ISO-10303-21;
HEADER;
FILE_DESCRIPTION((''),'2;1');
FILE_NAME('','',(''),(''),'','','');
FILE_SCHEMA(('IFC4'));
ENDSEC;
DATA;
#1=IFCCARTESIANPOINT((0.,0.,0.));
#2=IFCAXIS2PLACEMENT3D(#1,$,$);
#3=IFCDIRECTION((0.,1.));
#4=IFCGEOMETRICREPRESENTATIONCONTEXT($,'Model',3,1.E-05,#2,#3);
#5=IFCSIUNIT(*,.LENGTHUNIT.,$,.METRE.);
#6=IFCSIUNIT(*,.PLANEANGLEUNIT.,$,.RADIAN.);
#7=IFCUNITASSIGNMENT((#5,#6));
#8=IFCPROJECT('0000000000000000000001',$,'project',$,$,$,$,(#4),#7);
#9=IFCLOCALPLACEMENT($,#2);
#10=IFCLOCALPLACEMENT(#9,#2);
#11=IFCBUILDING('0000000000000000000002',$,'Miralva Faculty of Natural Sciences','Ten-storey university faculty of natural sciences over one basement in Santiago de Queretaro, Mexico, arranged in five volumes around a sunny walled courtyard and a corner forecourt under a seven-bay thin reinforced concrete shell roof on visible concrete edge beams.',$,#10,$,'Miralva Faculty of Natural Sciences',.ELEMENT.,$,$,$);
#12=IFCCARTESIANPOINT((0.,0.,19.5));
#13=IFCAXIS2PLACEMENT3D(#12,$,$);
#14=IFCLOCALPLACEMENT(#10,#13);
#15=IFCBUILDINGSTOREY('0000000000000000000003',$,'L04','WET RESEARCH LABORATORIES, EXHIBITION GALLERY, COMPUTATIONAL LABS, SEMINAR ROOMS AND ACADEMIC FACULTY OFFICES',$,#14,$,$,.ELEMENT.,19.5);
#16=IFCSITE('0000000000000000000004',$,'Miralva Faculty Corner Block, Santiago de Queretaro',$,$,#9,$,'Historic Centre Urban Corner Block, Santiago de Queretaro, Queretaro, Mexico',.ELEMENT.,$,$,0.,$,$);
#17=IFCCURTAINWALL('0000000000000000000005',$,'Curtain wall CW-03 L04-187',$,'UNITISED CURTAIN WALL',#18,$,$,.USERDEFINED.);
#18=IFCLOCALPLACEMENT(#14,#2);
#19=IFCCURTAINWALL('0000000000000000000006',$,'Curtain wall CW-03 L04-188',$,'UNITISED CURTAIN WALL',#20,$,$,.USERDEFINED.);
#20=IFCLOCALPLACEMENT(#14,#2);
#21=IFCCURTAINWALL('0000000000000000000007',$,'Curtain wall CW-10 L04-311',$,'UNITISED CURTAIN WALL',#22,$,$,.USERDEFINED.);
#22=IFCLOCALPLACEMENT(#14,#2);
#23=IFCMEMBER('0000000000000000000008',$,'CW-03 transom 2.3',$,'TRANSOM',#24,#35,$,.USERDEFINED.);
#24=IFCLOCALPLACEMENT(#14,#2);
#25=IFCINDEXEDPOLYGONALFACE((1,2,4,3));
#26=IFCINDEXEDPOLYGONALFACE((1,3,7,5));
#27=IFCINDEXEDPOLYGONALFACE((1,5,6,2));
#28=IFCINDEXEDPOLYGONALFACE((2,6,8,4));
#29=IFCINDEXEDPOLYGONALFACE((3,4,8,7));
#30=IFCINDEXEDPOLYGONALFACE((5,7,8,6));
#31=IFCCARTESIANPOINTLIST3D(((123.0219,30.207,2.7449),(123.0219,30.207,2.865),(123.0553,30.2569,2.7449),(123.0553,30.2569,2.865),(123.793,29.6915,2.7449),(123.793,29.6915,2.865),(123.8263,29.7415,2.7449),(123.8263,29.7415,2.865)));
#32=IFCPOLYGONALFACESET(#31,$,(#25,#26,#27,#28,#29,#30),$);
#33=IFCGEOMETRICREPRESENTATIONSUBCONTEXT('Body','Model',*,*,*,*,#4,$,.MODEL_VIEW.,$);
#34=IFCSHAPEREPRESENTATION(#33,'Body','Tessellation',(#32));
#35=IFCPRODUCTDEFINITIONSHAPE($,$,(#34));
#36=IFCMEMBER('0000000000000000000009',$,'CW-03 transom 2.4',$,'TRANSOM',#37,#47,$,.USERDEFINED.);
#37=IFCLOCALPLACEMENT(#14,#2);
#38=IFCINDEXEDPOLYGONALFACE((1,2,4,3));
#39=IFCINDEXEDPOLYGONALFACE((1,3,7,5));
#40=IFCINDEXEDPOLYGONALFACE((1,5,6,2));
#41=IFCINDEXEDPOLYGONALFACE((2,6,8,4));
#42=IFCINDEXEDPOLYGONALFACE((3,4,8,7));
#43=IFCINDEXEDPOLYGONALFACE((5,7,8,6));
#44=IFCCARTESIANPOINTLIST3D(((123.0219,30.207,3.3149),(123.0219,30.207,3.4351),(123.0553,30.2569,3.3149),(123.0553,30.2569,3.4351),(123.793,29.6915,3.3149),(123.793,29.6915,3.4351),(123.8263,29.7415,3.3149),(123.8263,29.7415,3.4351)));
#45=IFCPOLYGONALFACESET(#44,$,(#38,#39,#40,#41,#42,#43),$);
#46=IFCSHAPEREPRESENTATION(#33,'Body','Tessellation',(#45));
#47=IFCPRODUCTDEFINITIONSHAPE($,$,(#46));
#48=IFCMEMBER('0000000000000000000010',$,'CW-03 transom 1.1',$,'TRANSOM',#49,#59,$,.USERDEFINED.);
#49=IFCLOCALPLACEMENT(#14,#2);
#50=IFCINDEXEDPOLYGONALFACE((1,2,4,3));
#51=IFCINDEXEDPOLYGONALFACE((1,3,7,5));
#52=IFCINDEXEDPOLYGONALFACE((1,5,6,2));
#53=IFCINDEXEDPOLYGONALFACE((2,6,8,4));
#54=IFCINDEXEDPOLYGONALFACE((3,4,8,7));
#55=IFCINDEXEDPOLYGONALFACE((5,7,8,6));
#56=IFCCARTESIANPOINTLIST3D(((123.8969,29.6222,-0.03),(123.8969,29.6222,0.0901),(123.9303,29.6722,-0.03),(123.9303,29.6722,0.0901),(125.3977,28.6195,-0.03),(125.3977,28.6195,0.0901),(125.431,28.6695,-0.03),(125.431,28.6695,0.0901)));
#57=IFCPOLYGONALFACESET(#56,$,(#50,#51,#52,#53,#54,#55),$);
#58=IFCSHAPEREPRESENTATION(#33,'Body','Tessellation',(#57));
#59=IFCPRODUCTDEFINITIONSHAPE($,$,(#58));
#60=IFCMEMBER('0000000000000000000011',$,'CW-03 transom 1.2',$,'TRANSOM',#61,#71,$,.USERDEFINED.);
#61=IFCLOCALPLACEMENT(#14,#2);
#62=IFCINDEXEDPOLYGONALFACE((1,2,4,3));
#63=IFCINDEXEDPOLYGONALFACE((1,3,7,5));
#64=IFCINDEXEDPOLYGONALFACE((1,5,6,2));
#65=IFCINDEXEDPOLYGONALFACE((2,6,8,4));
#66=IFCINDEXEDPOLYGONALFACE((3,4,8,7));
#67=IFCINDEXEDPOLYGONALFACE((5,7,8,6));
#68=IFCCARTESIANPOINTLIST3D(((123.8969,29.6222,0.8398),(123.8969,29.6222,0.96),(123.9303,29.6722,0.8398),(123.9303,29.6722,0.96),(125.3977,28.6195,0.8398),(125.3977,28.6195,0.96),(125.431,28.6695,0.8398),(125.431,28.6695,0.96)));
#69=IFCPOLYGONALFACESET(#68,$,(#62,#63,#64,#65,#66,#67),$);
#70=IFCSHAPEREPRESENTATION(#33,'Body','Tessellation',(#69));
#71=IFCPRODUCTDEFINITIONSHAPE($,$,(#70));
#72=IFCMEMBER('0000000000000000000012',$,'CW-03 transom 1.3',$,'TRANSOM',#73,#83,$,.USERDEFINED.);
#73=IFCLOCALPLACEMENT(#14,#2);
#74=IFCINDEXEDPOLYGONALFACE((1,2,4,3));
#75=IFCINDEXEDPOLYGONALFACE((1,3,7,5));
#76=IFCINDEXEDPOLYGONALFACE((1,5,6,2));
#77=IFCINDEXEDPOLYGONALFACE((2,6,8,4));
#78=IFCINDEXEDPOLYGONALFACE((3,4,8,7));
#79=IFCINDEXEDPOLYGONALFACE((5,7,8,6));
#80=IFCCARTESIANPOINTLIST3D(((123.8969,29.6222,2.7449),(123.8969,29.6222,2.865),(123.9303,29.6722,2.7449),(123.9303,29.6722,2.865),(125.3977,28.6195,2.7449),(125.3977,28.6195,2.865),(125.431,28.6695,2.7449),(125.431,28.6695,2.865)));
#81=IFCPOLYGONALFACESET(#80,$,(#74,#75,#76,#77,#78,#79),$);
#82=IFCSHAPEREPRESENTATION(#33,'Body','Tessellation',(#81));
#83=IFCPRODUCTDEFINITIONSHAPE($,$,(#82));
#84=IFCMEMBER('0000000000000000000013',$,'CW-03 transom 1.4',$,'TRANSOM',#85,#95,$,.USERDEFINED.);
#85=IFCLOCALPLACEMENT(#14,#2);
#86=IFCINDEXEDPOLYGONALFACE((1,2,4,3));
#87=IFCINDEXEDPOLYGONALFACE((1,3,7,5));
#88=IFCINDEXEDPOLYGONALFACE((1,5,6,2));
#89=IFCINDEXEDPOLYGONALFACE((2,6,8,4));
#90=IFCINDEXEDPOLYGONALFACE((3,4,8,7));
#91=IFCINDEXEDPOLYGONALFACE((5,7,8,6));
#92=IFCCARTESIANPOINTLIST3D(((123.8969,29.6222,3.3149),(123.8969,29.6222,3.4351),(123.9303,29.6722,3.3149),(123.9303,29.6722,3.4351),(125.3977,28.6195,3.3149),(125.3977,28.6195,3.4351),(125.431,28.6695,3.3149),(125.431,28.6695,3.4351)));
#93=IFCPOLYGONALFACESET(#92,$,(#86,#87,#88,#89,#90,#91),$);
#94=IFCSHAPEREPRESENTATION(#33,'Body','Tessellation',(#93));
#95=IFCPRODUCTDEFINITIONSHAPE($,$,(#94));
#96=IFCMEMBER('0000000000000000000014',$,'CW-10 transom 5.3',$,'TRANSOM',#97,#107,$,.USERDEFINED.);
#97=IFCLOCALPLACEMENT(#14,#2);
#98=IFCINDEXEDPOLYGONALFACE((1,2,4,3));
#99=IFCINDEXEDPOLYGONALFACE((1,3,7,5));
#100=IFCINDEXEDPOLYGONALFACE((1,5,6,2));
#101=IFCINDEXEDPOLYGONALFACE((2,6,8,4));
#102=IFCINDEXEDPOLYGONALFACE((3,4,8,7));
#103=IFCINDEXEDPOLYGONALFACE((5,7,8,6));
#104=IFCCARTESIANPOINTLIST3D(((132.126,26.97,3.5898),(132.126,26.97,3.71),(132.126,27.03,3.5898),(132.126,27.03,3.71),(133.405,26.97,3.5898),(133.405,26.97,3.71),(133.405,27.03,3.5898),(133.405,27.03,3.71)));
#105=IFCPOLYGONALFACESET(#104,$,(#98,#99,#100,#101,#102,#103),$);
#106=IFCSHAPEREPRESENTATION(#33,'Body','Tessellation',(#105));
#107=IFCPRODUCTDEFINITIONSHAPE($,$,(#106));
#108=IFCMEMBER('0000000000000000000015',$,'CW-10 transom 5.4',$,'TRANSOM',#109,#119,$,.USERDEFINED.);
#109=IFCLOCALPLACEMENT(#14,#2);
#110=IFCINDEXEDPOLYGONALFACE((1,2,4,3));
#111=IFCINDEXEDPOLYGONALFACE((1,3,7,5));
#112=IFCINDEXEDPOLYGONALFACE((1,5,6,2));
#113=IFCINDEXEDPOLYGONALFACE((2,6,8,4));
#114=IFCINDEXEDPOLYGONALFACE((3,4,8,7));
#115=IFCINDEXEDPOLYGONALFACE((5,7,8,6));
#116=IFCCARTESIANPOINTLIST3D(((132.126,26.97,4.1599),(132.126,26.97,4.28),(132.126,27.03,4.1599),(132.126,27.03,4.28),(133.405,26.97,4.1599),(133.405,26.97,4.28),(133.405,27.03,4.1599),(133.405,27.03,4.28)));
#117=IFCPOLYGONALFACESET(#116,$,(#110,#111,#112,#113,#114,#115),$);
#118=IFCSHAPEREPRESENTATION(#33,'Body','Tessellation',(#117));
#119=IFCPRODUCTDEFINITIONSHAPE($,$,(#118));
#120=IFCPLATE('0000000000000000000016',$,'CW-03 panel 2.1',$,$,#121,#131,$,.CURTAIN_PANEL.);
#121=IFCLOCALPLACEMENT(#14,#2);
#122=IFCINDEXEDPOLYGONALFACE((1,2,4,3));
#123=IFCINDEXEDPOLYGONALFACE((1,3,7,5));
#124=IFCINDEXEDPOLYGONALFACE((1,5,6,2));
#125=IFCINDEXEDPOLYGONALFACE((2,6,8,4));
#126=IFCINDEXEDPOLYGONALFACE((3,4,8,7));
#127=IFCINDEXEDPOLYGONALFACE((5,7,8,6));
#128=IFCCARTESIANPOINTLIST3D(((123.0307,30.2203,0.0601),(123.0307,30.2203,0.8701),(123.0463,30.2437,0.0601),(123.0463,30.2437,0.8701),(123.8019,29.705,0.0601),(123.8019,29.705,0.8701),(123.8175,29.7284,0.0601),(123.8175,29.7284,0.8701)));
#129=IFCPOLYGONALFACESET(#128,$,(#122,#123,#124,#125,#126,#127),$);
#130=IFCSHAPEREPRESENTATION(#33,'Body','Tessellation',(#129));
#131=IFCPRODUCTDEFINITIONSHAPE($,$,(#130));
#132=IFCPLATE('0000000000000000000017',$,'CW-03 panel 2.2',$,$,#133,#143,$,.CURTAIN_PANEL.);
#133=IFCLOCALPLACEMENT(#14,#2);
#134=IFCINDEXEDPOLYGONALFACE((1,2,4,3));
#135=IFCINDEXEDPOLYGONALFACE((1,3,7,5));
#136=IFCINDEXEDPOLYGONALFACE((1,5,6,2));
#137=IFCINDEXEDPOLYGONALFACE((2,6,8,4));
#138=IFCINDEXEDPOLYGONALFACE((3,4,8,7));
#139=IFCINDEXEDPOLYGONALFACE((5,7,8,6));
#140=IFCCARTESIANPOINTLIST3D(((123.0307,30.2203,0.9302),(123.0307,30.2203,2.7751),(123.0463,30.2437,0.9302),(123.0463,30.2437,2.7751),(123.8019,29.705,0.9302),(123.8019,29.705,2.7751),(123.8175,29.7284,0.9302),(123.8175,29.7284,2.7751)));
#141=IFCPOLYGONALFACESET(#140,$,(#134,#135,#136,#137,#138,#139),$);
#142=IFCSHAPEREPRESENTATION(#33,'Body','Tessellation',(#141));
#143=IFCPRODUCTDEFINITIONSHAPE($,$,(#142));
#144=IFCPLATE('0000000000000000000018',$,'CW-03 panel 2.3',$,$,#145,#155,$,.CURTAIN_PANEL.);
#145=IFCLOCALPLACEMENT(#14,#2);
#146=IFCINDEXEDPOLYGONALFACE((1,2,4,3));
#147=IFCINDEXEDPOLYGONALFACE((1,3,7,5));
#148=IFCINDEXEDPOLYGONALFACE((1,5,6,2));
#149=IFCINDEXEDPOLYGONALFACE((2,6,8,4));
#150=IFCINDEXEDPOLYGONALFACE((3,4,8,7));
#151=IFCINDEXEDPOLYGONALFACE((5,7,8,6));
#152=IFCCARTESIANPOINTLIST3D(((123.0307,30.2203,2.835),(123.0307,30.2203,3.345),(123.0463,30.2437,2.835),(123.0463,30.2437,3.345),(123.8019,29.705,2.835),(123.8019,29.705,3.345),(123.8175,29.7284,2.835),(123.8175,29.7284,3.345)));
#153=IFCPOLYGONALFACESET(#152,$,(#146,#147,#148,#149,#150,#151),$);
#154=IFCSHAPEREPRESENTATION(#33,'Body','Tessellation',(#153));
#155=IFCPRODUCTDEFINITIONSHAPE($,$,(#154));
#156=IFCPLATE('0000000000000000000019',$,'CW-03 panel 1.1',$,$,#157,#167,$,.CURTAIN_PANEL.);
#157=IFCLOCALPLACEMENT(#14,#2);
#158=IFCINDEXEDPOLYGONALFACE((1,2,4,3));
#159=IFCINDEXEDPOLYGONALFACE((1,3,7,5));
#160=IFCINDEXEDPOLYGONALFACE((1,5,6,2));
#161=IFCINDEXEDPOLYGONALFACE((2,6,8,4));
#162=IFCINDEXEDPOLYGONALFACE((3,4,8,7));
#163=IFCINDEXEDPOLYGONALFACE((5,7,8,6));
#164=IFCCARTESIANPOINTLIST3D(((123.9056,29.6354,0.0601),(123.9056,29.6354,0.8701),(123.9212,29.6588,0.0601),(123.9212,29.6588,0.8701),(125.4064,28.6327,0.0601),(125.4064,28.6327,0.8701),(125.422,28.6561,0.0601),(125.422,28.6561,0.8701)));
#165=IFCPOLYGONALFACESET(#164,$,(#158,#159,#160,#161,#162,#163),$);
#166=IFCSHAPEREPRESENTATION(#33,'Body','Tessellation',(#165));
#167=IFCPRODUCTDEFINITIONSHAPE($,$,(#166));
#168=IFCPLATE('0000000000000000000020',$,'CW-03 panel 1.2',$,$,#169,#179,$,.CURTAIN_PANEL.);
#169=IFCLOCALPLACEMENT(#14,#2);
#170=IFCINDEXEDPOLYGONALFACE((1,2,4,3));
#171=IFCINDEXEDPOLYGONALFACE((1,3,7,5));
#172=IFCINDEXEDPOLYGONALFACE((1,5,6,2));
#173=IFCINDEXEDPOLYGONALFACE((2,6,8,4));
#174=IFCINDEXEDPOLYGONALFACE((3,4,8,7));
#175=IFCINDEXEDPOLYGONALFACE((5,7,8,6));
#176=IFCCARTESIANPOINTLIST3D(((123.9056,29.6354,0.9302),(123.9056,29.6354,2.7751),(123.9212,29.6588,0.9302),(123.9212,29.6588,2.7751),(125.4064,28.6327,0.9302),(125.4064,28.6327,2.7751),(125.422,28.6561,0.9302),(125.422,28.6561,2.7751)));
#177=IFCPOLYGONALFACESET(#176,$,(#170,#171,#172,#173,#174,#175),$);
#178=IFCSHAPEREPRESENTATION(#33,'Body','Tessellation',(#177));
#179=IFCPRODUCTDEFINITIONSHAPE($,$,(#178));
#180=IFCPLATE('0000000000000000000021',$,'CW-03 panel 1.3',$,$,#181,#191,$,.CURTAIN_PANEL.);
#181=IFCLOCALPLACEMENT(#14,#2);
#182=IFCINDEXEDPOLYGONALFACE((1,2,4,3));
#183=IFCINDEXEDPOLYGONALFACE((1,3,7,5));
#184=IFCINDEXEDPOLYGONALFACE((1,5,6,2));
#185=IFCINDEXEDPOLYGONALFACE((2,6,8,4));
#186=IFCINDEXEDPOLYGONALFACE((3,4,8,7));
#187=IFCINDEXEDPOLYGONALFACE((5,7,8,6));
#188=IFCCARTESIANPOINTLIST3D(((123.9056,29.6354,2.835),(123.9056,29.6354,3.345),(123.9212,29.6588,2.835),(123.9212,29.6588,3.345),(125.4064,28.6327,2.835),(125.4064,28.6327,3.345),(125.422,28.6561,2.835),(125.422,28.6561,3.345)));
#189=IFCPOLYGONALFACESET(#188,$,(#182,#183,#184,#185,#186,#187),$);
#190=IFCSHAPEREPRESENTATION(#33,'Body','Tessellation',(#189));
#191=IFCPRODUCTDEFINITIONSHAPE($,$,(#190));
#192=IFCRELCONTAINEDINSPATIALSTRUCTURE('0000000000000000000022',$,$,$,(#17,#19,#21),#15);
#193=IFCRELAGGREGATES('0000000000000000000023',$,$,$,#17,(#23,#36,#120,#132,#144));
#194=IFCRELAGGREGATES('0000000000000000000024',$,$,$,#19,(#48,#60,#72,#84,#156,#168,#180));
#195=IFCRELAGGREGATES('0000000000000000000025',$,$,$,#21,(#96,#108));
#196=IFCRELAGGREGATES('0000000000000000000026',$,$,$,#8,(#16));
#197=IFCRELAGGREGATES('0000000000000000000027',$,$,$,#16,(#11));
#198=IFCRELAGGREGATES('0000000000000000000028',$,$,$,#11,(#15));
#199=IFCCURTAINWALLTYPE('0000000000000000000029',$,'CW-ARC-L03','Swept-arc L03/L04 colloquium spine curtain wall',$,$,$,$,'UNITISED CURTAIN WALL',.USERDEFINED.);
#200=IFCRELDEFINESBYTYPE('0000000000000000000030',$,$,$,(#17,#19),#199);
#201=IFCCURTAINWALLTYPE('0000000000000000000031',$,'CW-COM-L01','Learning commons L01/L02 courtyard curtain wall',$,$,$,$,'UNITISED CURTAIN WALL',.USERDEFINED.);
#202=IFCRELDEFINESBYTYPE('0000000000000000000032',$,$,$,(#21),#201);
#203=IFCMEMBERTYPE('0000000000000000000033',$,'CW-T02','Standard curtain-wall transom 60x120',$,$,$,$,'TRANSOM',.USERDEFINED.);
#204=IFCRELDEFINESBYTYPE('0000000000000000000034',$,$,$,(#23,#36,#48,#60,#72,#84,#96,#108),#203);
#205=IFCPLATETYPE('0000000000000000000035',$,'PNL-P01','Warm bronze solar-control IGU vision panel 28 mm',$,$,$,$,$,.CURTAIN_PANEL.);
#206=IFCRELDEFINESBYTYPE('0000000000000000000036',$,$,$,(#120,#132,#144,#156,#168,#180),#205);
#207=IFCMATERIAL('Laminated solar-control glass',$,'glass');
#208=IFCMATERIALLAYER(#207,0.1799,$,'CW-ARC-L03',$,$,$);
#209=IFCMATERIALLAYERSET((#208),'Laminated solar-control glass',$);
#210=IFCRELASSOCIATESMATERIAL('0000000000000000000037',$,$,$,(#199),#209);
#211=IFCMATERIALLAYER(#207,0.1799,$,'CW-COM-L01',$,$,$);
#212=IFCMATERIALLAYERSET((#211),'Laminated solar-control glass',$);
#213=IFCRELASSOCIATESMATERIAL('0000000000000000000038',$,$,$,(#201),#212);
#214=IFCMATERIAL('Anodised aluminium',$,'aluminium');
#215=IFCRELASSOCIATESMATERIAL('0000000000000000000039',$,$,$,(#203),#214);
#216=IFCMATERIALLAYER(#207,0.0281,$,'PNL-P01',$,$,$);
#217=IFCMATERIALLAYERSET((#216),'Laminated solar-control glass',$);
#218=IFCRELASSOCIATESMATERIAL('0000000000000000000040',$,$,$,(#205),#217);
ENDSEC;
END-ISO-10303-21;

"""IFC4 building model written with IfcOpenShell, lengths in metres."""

from ifc_helpers import new_model, si_unit, direction, frame, origin, origin_2d, place, context, subcontext, project, spatial, rectangle, extrude, material, layer, layer_set, material_profile, profile_set, type_object, element, aggregate, save


model = new_model("IFC4")

# Units and contexts
model_context = context("Model", 3, precision=1e-05, world=origin(), true_north=direction((0.0, 1.0)))
body_context = subcontext(model_context, "Body", "Model", "MODEL_VIEW")
ifc_project = project(units=[si_unit("LENGTHUNIT", "METRE"), si_unit("PLANEANGLEUNIT", "RADIAN")], contexts=[model_context])

# Site, building, storey
site_placement = place(None, origin())
site = spatial("IfcSite", under=ifc_project, at=site_placement, Name="Miralva Faculty Corner Block, Santiago de Queretaro", LongName="Historic Centre Urban Corner Block, Santiago de Queretaro, Queretaro, Mexico", CompositionType="ELEMENT", RefElevation=0.0)
building_placement = place(site_placement, origin())
building = spatial("IfcBuilding", under=site, at=building_placement, Name="Miralva Faculty of Natural Sciences", Description="Ten-storey university faculty of natural sciences over one basement in Santiago de Queretaro, Mexico, arranged in five volumes around a sunny walled courtyard and a corner forecourt under a seven-bay thin reinforced concrete shell roof on visible concrete edge beams.", LongName="Miralva Faculty of Natural Sciences", CompositionType="ELEMENT")
storey_placement = place(building_placement, frame((0.0, 0.0, 19.5)))
storey = spatial("IfcBuildingStorey", under=building, at=storey_placement, Name="L04", Description="WET RESEARCH LABORATORIES, EXHIBITION GALLERY, COMPUTATIONAL LABS, SEMINAR ROOMS AND ACADEMIC FACULTY OFFICES", CompositionType="ELEMENT", Elevation=19.5)

# Curtain walls
ifc_material_1 = material(Name="Laminated solar-control glass", Category="glass")
ifc_layer_1 = layer(ifc_material_1, 0.1799, Name="CW-ARC-L03")
ifc_layer_set_1 = layer_set([ifc_layer_1], Name="Laminated solar-control glass")
curtain_wall_type_1 = type_object("IfcCurtainWallType", Name="CW-ARC-L03", Description="Swept-arc L03/L04 colloquium spine curtain wall", ElementType="UNITISED CURTAIN WALL", PredefinedType="USERDEFINED", material=ifc_layer_set_1)
curtain_wall_1_placement = place(storey_placement, origin())
curtain_wall_1 = element("IfcCurtainWall", 1, at=curtain_wall_1_placement, inside=storey, type_object=curtain_wall_type_1, Name="Curtain wall CW-03 L04-187", ObjectType="UNITISED CURTAIN WALL", PredefinedType="USERDEFINED")
ifc_material_2 = material(Name="Anodised aluminium", Category="aluminium")
curtain_wall_2_placement = place(storey_placement, origin())
curtain_wall_2 = element("IfcCurtainWall", 2, at=curtain_wall_2_placement, inside=storey, type_object=curtain_wall_type_1, Name="Curtain wall CW-03 L04-188", ObjectType="UNITISED CURTAIN WALL", PredefinedType="USERDEFINED")

# Curtain wall
ifc_layer_2 = layer(ifc_material_1, 0.1799, Name="CW-COM-L01")
ifc_layer_set_2 = layer_set([ifc_layer_2], Name="Laminated solar-control glass")
curtain_wall_type_2 = type_object("IfcCurtainWallType", Name="CW-COM-L01", Description="Learning commons L01/L02 courtyard curtain wall", ElementType="UNITISED CURTAIN WALL", PredefinedType="USERDEFINED", material=ifc_layer_set_2)
curtain_wall_3_placement = place(storey_placement, origin())
curtain_wall_3 = element("IfcCurtainWall", 3, at=curtain_wall_3_placement, inside=storey, type_object=curtain_wall_type_2, Name="Curtain wall CW-10 L04-311", ObjectType="UNITISED CURTAIN WALL", PredefinedType="USERDEFINED")

# Members
ifc_material_profile_1 = material_profile(ifc_material_2, rectangle(XDim=0.0601, YDim=0.1201, at=origin_2d()), Name="TRANSOM 60x120")
ifc_profile_set_1 = profile_set([ifc_material_profile_1], Name="Anodised aluminium")
member_type_1 = type_object("IfcMemberType", Name="CW-T02", Description="Standard curtain-wall transom 60x120", ElementType="TRANSOM", PredefinedType="USERDEFINED", material=ifc_profile_set_1)
member_1_placement = place(storey_placement, frame((123.0386, 30.2319, 2.8049), z_axis=(0.831361, -0.555733, 0.0), x_axis=(0.555733, 0.831361, 0.0)))
member_1 = element("IfcMember", 4, at=member_1_placement, type_object=member_type_1, Name="CW-03 transom 2.3", ObjectType="TRANSOM", PredefinedType="USERDEFINED", context=body_context, shape_type="SweptSolid", body=[
    extrude(rectangle(XDim=0.0601, YDim=0.1201, at=origin_2d()), origin(), (0.0, 0.0, 1.0), 0.9275),
])
member_2_placement = place(storey_placement, frame((123.0386, 30.2319, 3.375), z_axis=(0.831361, -0.555733, 0.0), x_axis=(0.555733, 0.831361, 0.0)))
member_2 = element("IfcMember", 5, at=member_2_placement, type_object=member_type_1, Name="CW-03 transom 2.4", ObjectType="TRANSOM", PredefinedType="USERDEFINED", context=body_context, shape_type="SweptSolid", body=[
    extrude(rectangle(XDim=0.0601, YDim=0.1201, at=origin_2d()), origin(), (0.0, 0.0, 1.0), 0.9275),
])
member_3_placement = place(storey_placement, frame((123.9136, 29.6472, 0.03), z_axis=(0.831488, -0.555543, 0.0), x_axis=(0.555543, 0.831488, 0.0)))
member_3 = element("IfcMember", 6, at=member_3_placement, type_object=member_type_1, Name="CW-03 transom 1.1", ObjectType="TRANSOM", PredefinedType="USERDEFINED", context=body_context, shape_type="SweptSolid", body=[
    extrude(rectangle(XDim=0.0601, YDim=0.1201, at=origin_2d()), origin(), (0.0, 0.0, 1.0), 1.8049),
])
member_4_placement = place(storey_placement, frame((123.9136, 29.6472, 0.8999), z_axis=(0.831488, -0.555543, 0.0), x_axis=(0.555543, 0.831488, 0.0)))
member_4 = element("IfcMember", 7, at=member_4_placement, type_object=member_type_1, Name="CW-03 transom 1.2", ObjectType="TRANSOM", PredefinedType="USERDEFINED", context=body_context, shape_type="SweptSolid", body=[
    extrude(rectangle(XDim=0.0601, YDim=0.1201, at=origin_2d()), origin(), (0.0, 0.0, 1.0), 1.8049),
])
member_5_placement = place(storey_placement, frame((123.9136, 29.6472, 2.8049), z_axis=(0.831488, -0.555543, 0.0), x_axis=(0.555543, 0.831488, 0.0)))
member_5 = element("IfcMember", 8, at=member_5_placement, type_object=member_type_1, Name="CW-03 transom 1.3", ObjectType="TRANSOM", PredefinedType="USERDEFINED", context=body_context, shape_type="SweptSolid", body=[
    extrude(rectangle(XDim=0.0601, YDim=0.1201, at=origin_2d()), origin(), (0.0, 0.0, 1.0), 1.8049),
])
member_6_placement = place(storey_placement, frame((123.9136, 29.6472, 3.375), z_axis=(0.831488, -0.555543, 0.0), x_axis=(0.555543, 0.831488, 0.0)))
member_6 = element("IfcMember", 9, at=member_6_placement, type_object=member_type_1, Name="CW-03 transom 1.4", ObjectType="TRANSOM", PredefinedType="USERDEFINED", context=body_context, shape_type="SweptSolid", body=[
    extrude(rectangle(XDim=0.0601, YDim=0.1201, at=origin_2d()), origin(), (0.0, 0.0, 1.0), 1.8049),
])
member_7_placement = place(storey_placement, frame((132.126, 27.0, 3.6499), z_axis=(1.0, 0.0, 0.0), x_axis=(0.0, 1.0, 0.0)))
member_7 = element("IfcMember", 10, at=member_7_placement, type_object=member_type_1, Name="CW-10 transom 5.3", ObjectType="TRANSOM", PredefinedType="USERDEFINED", context=body_context, shape_type="SweptSolid", body=[
    extrude(rectangle(XDim=0.0601, YDim=0.1201, at=origin_2d()), origin(), (0.0, 0.0, 1.0), 1.2791),
])
member_8_placement = place(storey_placement, frame((132.126, 27.0, 4.22), z_axis=(1.0, 0.0, 0.0), x_axis=(0.0, 1.0, 0.0)))
member_8 = element("IfcMember", 11, at=member_8_placement, type_object=member_type_1, Name="CW-10 transom 5.4", ObjectType="TRANSOM", PredefinedType="USERDEFINED", context=body_context, shape_type="SweptSolid", body=[
    extrude(rectangle(XDim=0.0601, YDim=0.1201, at=origin_2d()), origin(), (0.0, 0.0, 1.0), 1.2791),
])

# Plates
ifc_layer_3 = layer(ifc_material_1, 0.0281, Name="PNL-P01")
ifc_layer_set_3 = layer_set([ifc_layer_3], Name="Laminated solar-control glass")
plate_type = type_object("IfcPlateType", Name="PNL-P01", Description="Warm bronze solar-control IGU vision panel 28 mm", PredefinedType="CURTAIN_PANEL", material=ifc_layer_set_3)
plate_1_placement = place(storey_placement, frame((123.4241, 29.9744, 0.0601), z_axis=(0.0, 0.0, 1.0), x_axis=(0.831457, -0.555589, 0.0)))
plate_1 = element("IfcPlate", 12, at=plate_1_placement, type_object=plate_type, Name="CW-03 panel 2.1", PredefinedType="CURTAIN_PANEL", context=body_context, shape_type="SweptSolid", body=[
    extrude(rectangle(XDim=0.9275, YDim=0.0281, at=origin_2d()), origin(), (0.0, 0.0, 1.0), 0.8101),
])
plate_2_placement = place(storey_placement, frame((123.4241, 29.9744, 0.9302), z_axis=(0.0, 0.0, 1.0), x_axis=(0.831457, -0.555589, 0.0)))
plate_2 = element("IfcPlate", 13, at=plate_2_placement, type_object=plate_type, Name="CW-03 panel 2.2", PredefinedType="CURTAIN_PANEL", context=body_context, shape_type="SweptSolid", body=[
    extrude(rectangle(XDim=0.9275, YDim=0.0281, at=origin_2d()), origin(), (0.0, 0.0, 1.0), 1.845),
])
plate_3_placement = place(storey_placement, frame((123.4241, 29.9744, 2.835), z_axis=(0.0, 0.0, 1.0), x_axis=(0.831457, -0.555589, 0.0)))
plate_3 = element("IfcPlate", 14, at=plate_3_placement, type_object=plate_type, Name="CW-03 panel 2.3", PredefinedType="CURTAIN_PANEL", context=body_context, shape_type="SweptSolid", body=[
    extrude(rectangle(XDim=0.9275, YDim=0.0281, at=origin_2d()), origin(), (0.0, 0.0, 1.0), 0.51),
])
aggregate(curtain_wall_1, [member_1, member_2, plate_1, plate_2, plate_3])
plate_4_placement = place(storey_placement, frame((124.6638, 29.1458, 0.0601), z_axis=(0.0, 0.0, 1.0), x_axis=(0.831485, -0.555547, 0.0)))
plate_4 = element("IfcPlate", 15, at=plate_4_placement, type_object=plate_type, Name="CW-03 panel 1.1", PredefinedType="CURTAIN_PANEL", context=body_context, shape_type="SweptSolid", body=[
    extrude(rectangle(XDim=1.8049, YDim=0.0281, at=origin_2d()), origin(), (0.0, 0.0, 1.0), 0.8101),
])
plate_5_placement = place(storey_placement, frame((124.6638, 29.1458, 0.9302), z_axis=(0.0, 0.0, 1.0), x_axis=(0.831485, -0.555547, 0.0)))
plate_5 = element("IfcPlate", 16, at=plate_5_placement, type_object=plate_type, Name="CW-03 panel 1.2", PredefinedType="CURTAIN_PANEL", context=body_context, shape_type="SweptSolid", body=[
    extrude(rectangle(XDim=1.8049, YDim=0.0281, at=origin_2d()), origin(), (0.0, 0.0, 1.0), 1.845),
])
plate_6_placement = place(storey_placement, frame((124.6638, 29.1458, 2.835), z_axis=(0.0, 0.0, 1.0), x_axis=(0.831485, -0.555547, 0.0)))
plate_6 = element("IfcPlate", 17, at=plate_6_placement, type_object=plate_type, Name="CW-03 panel 1.3", PredefinedType="CURTAIN_PANEL", context=body_context, shape_type="SweptSolid", body=[
    extrude(rectangle(XDim=1.8049, YDim=0.0281, at=origin_2d()), origin(), (0.0, 0.0, 1.0), 0.51),
])
aggregate(curtain_wall_2, [member_3, member_4, member_5, member_6, plate_4, plate_5, plate_6])
aggregate(curtain_wall_3, [member_7, member_8])

save(model, "model.ifc")
